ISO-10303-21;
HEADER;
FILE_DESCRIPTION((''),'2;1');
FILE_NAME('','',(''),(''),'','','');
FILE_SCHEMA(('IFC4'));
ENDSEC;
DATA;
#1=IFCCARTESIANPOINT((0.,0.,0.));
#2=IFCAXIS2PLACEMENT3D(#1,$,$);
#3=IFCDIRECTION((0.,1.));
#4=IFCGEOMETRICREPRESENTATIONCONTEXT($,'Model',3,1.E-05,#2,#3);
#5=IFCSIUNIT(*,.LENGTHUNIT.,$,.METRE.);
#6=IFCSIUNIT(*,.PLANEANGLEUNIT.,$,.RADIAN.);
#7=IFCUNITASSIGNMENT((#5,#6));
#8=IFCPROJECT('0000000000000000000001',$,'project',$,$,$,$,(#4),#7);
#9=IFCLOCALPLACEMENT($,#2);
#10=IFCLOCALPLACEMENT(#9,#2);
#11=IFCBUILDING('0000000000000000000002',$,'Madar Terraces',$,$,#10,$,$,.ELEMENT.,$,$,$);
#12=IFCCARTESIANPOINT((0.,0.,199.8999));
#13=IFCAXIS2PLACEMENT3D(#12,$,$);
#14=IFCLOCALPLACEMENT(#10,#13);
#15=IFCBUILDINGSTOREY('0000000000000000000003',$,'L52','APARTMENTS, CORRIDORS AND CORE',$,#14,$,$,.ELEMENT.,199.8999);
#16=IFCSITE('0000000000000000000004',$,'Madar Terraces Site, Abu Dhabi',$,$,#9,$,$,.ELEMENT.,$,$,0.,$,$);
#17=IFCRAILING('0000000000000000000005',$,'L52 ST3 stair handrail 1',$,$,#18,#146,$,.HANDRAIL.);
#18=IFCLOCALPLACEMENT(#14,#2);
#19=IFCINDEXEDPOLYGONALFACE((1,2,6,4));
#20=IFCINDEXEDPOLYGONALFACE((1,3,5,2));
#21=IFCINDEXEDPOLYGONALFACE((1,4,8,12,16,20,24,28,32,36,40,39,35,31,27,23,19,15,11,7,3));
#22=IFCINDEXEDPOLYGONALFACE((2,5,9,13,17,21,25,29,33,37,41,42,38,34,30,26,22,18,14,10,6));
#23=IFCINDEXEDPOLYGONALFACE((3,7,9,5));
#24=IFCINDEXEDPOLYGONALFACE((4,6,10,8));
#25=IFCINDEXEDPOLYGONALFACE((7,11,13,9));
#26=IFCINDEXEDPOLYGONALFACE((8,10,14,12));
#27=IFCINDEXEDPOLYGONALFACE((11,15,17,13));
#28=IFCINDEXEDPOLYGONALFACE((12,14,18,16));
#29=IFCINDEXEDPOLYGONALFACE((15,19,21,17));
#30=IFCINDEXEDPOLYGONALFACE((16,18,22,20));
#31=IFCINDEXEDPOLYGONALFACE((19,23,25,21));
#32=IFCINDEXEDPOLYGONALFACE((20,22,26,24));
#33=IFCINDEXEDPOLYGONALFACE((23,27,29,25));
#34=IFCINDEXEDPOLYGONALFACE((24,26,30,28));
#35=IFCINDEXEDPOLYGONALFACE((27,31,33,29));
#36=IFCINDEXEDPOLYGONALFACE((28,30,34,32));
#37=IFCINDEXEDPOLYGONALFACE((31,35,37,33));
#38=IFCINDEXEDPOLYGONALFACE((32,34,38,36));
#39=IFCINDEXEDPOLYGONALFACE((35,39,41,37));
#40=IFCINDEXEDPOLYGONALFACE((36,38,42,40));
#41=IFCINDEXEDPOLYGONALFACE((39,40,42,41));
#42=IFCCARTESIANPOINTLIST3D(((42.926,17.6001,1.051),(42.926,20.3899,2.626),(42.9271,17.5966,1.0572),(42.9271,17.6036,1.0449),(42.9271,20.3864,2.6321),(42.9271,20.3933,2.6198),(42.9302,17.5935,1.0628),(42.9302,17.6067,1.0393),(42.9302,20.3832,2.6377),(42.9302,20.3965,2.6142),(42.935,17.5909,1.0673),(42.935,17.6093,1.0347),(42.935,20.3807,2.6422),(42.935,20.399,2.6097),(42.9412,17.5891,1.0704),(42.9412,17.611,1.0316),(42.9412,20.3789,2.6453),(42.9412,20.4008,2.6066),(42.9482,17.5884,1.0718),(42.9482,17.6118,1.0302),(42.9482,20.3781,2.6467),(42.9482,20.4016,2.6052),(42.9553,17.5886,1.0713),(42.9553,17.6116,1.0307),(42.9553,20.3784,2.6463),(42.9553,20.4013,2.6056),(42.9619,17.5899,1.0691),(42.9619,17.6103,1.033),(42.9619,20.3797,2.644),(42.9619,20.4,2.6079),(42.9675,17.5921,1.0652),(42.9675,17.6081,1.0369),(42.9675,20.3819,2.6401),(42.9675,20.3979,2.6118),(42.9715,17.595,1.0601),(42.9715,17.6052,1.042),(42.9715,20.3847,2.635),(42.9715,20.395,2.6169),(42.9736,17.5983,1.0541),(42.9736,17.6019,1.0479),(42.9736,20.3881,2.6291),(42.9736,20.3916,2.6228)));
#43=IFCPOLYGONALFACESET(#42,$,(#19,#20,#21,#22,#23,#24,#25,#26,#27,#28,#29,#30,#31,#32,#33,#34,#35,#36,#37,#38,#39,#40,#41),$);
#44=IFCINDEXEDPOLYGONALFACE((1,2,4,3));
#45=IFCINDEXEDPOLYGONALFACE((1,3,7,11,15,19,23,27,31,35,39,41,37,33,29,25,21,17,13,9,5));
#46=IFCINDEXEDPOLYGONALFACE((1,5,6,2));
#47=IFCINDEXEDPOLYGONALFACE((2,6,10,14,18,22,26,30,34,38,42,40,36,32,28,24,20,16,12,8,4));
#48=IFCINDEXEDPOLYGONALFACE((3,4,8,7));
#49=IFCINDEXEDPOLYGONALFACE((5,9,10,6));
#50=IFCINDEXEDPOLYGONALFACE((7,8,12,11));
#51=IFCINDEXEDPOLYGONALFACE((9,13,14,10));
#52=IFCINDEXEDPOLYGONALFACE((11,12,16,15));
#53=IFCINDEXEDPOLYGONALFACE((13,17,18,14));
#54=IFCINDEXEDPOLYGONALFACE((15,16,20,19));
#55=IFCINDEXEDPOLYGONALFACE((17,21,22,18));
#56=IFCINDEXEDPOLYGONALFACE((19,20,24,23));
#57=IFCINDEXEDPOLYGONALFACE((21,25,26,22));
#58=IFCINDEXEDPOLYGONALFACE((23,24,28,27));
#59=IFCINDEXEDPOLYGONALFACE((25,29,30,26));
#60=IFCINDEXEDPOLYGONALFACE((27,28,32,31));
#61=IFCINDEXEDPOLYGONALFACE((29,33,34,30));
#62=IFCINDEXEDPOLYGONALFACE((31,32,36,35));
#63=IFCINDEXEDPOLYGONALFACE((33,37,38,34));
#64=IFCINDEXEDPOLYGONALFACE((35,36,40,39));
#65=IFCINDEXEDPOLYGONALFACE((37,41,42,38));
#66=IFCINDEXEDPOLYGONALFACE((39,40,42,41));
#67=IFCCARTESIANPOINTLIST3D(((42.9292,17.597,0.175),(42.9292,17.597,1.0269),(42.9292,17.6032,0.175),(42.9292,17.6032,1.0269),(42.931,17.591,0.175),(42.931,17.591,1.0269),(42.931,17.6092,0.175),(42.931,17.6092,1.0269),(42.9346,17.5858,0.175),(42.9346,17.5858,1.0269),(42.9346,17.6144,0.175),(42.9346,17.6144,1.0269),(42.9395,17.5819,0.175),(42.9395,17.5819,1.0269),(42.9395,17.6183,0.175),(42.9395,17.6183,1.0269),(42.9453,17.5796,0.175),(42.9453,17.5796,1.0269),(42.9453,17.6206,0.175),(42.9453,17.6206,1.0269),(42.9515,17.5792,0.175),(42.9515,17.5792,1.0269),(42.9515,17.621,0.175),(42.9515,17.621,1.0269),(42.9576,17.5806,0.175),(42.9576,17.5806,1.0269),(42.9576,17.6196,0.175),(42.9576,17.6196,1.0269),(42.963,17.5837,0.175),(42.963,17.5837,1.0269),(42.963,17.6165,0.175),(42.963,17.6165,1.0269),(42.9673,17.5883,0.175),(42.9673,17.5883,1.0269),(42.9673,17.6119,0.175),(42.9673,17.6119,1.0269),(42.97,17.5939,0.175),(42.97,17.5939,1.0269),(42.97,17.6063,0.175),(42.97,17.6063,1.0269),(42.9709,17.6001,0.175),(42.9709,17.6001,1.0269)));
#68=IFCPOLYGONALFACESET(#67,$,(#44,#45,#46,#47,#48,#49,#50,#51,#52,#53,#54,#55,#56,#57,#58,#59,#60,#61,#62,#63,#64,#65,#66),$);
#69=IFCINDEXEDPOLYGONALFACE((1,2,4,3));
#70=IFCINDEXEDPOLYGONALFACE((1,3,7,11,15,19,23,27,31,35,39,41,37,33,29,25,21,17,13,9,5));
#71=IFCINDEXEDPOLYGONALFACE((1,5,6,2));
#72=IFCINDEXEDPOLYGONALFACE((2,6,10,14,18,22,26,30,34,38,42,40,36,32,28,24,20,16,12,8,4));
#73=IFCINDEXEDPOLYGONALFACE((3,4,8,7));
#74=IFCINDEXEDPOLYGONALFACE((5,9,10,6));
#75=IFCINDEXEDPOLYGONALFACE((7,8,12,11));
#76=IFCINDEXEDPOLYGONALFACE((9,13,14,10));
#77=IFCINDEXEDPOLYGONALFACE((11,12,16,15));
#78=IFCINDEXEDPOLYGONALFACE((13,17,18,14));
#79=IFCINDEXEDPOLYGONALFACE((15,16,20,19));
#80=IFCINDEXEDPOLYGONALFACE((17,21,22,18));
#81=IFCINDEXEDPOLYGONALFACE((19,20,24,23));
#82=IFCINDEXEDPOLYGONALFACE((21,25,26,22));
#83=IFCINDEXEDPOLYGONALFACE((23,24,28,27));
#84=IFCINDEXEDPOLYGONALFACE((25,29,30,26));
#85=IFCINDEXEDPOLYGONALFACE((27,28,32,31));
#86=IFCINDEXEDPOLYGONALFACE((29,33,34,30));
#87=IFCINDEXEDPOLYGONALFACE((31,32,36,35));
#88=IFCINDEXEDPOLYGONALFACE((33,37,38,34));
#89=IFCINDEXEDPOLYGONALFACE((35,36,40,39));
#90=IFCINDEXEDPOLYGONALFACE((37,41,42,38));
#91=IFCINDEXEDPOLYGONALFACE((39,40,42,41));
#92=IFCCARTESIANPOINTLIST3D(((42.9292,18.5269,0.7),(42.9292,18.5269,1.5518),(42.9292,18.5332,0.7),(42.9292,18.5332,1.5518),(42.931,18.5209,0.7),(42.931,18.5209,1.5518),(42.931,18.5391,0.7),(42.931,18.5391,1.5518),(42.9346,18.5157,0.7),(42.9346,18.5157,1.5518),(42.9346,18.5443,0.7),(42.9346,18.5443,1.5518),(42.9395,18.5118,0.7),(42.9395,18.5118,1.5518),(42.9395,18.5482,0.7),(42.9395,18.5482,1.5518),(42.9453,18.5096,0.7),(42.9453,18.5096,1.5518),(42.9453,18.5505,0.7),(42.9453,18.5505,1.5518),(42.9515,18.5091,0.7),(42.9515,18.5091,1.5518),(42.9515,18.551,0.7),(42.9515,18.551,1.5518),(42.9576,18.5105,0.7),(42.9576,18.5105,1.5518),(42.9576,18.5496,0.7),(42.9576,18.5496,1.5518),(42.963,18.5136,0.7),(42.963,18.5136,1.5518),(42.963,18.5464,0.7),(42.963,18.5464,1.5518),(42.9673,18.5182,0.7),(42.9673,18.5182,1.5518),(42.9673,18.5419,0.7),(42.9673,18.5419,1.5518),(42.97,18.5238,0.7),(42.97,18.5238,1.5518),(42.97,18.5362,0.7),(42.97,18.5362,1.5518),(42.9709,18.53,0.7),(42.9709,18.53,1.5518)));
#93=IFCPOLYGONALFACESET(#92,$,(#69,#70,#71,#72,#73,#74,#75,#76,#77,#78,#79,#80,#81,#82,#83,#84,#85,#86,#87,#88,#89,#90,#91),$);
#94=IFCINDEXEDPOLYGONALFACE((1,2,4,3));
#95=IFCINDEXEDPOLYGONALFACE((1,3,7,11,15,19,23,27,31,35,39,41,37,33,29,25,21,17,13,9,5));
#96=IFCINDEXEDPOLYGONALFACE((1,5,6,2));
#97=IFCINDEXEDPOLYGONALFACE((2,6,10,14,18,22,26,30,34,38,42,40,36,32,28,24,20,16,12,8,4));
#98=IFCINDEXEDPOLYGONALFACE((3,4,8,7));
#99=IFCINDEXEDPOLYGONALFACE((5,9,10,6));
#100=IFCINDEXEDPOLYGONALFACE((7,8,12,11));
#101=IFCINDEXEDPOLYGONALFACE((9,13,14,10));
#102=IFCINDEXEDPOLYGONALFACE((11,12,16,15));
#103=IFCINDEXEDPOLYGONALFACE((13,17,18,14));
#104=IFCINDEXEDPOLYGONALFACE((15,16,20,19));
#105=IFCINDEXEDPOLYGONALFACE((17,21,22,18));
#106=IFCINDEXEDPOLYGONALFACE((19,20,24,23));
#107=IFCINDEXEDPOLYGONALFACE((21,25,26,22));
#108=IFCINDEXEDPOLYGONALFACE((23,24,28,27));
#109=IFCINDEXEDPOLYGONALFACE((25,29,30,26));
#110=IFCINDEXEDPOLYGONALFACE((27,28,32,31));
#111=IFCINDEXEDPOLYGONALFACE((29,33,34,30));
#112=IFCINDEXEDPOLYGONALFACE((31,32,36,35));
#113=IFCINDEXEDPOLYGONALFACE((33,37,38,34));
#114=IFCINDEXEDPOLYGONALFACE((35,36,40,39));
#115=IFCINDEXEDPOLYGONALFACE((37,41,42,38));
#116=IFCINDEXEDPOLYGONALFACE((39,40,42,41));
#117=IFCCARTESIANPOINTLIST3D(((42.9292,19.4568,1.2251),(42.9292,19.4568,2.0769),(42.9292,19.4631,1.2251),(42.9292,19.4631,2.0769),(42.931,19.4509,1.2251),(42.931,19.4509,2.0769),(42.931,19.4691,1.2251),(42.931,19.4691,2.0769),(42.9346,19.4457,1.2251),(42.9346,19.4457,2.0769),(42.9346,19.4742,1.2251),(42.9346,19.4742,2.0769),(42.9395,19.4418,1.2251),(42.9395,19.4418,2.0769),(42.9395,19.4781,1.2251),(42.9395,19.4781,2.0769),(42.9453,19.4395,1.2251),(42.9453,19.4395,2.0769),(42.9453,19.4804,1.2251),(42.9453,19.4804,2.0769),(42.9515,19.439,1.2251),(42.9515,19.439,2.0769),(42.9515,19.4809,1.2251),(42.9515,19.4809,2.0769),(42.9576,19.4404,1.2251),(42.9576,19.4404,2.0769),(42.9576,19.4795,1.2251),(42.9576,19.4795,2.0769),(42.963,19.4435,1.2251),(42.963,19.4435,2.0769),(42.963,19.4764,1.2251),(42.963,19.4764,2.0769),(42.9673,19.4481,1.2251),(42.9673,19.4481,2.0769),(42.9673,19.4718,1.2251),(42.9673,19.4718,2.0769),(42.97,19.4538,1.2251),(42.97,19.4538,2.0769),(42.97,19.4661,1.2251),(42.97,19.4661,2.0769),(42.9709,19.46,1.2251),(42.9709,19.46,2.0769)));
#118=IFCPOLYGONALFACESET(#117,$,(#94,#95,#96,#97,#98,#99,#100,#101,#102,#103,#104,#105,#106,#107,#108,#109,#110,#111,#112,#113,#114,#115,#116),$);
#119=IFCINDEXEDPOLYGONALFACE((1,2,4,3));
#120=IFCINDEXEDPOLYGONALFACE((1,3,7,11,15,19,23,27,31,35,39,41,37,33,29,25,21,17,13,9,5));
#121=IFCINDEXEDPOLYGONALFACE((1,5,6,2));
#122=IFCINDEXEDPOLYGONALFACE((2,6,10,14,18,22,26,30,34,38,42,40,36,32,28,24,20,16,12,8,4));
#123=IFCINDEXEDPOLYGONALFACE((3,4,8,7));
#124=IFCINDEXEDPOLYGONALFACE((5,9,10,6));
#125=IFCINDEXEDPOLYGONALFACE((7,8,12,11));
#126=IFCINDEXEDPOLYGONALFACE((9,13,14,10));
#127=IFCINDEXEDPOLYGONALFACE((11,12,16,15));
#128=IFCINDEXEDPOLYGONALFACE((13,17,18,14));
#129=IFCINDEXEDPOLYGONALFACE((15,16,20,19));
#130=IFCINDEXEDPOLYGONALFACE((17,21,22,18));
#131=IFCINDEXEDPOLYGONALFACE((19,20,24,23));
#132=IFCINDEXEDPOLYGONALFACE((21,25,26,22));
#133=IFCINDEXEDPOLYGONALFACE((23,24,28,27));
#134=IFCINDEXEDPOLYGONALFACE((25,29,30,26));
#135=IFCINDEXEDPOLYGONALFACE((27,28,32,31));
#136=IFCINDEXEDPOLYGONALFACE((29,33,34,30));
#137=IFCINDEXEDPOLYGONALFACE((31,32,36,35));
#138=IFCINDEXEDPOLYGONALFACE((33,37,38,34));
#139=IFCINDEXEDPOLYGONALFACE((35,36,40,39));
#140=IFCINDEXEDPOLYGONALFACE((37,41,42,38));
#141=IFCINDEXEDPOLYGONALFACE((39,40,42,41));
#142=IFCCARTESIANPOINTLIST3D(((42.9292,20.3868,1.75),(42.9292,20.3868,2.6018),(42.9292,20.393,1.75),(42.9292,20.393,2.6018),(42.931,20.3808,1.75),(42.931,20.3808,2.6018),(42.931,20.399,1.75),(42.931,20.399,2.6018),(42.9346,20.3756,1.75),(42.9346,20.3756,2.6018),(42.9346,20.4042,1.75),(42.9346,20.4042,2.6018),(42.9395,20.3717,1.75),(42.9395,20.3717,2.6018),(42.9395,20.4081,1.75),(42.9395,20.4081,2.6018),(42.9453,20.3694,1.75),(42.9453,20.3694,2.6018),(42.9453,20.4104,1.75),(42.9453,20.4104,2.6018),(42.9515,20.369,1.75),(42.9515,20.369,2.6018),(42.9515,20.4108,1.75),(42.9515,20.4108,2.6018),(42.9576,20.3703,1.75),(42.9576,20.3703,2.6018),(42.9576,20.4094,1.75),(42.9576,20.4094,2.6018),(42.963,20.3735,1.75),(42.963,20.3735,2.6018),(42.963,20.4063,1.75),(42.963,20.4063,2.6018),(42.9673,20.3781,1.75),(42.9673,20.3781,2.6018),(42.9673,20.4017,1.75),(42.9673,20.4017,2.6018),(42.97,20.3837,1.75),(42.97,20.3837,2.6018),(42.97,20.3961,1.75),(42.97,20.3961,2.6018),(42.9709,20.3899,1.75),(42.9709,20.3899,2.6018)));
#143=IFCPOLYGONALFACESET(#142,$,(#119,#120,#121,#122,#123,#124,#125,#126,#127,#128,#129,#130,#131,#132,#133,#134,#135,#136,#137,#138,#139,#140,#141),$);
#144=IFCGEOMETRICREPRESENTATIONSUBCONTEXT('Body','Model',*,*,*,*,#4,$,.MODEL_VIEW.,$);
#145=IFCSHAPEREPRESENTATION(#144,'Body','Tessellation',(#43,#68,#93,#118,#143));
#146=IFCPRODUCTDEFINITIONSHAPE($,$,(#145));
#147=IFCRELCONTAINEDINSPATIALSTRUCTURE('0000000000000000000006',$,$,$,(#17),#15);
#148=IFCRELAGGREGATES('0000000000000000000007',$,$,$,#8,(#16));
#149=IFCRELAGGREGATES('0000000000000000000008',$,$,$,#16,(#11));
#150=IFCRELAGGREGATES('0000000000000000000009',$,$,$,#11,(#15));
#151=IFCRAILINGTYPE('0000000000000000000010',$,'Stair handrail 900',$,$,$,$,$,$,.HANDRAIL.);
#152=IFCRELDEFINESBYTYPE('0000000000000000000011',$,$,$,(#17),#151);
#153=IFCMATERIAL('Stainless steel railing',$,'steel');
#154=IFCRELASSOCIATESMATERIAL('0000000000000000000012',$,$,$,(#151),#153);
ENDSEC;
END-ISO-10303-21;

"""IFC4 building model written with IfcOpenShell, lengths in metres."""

from ifc_helpers import new_model, si_unit, direction, frame, origin, origin_2d, place, context, subcontext, project, spatial, circle, extrude, material, type_object, element, save


model = new_model("IFC4")

# Units and contexts
model_context = context("Model", 3, precision=1e-05, world=origin(), true_north=direction((0.0, 1.0)))
body_context = subcontext(model_context, "Body", "Model", "MODEL_VIEW")
ifc_project = project(units=[si_unit("LENGTHUNIT", "METRE"), si_unit("PLANEANGLEUNIT", "RADIAN")], contexts=[model_context])

# Site, building, storey
site_placement = place(None, origin())
site = spatial("IfcSite", under=ifc_project, at=site_placement, Name="Madar Terraces Site, Abu Dhabi", CompositionType="ELEMENT", RefElevation=0.0)
building_placement = place(site_placement, origin())
building = spatial("IfcBuilding", under=site, at=building_placement, Name="Madar Terraces", CompositionType="ELEMENT")
storey_placement = place(building_placement, frame((0.0, 0.0, 199.8999)))
storey = spatial("IfcBuildingStorey", under=building, at=storey_placement, Name="L52", Description="APARTMENTS, CORRIDORS AND CORE", CompositionType="ELEMENT", Elevation=199.8999)

# Railing
ifc_material_1 = material(Name="Stainless steel railing", Category="steel")
railing_type_1 = type_object("IfcRailingType", Name="Stair handrail 900", PredefinedType="HANDRAIL", material=ifc_material_1)
railing_1_placement = place(storey_placement, frame((42.95, 17.6001, 0.175)))
element("IfcRailing", 1, at=railing_1_placement, inside=storey, type_object=railing_type_1, Name="L52 ST3 stair handrail 1", PredefinedType="HANDRAIL", context=body_context, shape_type="SweptSolid", body=[
    extrude(circle(Radius=0.0239, at=origin_2d()), frame((0.0, 0.0, 0.876), z_axis=(0.0, 0.870815, 0.49161), x_axis=(-1.0, 0.0, 0.0)), (0.0, 0.0, 1.0), 3.2036),
    extrude(circle(Radius=0.021, at=origin_2d()), origin(), (0.0, 0.0, 1.0), 0.8518),
    extrude(circle(Radius=0.021, at=origin_2d()), frame((0.0, 0.9299, 0.5249)), (0.0, 0.0, 1.0), 0.8518),
    extrude(circle(Radius=0.021, at=origin_2d()), frame((0.0, 1.8599, 1.05)), (0.0, 0.0, 1.0), 0.8518),
    extrude(circle(Radius=0.021, at=origin_2d()), frame((0.0, 2.7898, 1.575)), (0.0, 0.0, 1.0), 0.8518),
])

save(model, "model.ifc")
